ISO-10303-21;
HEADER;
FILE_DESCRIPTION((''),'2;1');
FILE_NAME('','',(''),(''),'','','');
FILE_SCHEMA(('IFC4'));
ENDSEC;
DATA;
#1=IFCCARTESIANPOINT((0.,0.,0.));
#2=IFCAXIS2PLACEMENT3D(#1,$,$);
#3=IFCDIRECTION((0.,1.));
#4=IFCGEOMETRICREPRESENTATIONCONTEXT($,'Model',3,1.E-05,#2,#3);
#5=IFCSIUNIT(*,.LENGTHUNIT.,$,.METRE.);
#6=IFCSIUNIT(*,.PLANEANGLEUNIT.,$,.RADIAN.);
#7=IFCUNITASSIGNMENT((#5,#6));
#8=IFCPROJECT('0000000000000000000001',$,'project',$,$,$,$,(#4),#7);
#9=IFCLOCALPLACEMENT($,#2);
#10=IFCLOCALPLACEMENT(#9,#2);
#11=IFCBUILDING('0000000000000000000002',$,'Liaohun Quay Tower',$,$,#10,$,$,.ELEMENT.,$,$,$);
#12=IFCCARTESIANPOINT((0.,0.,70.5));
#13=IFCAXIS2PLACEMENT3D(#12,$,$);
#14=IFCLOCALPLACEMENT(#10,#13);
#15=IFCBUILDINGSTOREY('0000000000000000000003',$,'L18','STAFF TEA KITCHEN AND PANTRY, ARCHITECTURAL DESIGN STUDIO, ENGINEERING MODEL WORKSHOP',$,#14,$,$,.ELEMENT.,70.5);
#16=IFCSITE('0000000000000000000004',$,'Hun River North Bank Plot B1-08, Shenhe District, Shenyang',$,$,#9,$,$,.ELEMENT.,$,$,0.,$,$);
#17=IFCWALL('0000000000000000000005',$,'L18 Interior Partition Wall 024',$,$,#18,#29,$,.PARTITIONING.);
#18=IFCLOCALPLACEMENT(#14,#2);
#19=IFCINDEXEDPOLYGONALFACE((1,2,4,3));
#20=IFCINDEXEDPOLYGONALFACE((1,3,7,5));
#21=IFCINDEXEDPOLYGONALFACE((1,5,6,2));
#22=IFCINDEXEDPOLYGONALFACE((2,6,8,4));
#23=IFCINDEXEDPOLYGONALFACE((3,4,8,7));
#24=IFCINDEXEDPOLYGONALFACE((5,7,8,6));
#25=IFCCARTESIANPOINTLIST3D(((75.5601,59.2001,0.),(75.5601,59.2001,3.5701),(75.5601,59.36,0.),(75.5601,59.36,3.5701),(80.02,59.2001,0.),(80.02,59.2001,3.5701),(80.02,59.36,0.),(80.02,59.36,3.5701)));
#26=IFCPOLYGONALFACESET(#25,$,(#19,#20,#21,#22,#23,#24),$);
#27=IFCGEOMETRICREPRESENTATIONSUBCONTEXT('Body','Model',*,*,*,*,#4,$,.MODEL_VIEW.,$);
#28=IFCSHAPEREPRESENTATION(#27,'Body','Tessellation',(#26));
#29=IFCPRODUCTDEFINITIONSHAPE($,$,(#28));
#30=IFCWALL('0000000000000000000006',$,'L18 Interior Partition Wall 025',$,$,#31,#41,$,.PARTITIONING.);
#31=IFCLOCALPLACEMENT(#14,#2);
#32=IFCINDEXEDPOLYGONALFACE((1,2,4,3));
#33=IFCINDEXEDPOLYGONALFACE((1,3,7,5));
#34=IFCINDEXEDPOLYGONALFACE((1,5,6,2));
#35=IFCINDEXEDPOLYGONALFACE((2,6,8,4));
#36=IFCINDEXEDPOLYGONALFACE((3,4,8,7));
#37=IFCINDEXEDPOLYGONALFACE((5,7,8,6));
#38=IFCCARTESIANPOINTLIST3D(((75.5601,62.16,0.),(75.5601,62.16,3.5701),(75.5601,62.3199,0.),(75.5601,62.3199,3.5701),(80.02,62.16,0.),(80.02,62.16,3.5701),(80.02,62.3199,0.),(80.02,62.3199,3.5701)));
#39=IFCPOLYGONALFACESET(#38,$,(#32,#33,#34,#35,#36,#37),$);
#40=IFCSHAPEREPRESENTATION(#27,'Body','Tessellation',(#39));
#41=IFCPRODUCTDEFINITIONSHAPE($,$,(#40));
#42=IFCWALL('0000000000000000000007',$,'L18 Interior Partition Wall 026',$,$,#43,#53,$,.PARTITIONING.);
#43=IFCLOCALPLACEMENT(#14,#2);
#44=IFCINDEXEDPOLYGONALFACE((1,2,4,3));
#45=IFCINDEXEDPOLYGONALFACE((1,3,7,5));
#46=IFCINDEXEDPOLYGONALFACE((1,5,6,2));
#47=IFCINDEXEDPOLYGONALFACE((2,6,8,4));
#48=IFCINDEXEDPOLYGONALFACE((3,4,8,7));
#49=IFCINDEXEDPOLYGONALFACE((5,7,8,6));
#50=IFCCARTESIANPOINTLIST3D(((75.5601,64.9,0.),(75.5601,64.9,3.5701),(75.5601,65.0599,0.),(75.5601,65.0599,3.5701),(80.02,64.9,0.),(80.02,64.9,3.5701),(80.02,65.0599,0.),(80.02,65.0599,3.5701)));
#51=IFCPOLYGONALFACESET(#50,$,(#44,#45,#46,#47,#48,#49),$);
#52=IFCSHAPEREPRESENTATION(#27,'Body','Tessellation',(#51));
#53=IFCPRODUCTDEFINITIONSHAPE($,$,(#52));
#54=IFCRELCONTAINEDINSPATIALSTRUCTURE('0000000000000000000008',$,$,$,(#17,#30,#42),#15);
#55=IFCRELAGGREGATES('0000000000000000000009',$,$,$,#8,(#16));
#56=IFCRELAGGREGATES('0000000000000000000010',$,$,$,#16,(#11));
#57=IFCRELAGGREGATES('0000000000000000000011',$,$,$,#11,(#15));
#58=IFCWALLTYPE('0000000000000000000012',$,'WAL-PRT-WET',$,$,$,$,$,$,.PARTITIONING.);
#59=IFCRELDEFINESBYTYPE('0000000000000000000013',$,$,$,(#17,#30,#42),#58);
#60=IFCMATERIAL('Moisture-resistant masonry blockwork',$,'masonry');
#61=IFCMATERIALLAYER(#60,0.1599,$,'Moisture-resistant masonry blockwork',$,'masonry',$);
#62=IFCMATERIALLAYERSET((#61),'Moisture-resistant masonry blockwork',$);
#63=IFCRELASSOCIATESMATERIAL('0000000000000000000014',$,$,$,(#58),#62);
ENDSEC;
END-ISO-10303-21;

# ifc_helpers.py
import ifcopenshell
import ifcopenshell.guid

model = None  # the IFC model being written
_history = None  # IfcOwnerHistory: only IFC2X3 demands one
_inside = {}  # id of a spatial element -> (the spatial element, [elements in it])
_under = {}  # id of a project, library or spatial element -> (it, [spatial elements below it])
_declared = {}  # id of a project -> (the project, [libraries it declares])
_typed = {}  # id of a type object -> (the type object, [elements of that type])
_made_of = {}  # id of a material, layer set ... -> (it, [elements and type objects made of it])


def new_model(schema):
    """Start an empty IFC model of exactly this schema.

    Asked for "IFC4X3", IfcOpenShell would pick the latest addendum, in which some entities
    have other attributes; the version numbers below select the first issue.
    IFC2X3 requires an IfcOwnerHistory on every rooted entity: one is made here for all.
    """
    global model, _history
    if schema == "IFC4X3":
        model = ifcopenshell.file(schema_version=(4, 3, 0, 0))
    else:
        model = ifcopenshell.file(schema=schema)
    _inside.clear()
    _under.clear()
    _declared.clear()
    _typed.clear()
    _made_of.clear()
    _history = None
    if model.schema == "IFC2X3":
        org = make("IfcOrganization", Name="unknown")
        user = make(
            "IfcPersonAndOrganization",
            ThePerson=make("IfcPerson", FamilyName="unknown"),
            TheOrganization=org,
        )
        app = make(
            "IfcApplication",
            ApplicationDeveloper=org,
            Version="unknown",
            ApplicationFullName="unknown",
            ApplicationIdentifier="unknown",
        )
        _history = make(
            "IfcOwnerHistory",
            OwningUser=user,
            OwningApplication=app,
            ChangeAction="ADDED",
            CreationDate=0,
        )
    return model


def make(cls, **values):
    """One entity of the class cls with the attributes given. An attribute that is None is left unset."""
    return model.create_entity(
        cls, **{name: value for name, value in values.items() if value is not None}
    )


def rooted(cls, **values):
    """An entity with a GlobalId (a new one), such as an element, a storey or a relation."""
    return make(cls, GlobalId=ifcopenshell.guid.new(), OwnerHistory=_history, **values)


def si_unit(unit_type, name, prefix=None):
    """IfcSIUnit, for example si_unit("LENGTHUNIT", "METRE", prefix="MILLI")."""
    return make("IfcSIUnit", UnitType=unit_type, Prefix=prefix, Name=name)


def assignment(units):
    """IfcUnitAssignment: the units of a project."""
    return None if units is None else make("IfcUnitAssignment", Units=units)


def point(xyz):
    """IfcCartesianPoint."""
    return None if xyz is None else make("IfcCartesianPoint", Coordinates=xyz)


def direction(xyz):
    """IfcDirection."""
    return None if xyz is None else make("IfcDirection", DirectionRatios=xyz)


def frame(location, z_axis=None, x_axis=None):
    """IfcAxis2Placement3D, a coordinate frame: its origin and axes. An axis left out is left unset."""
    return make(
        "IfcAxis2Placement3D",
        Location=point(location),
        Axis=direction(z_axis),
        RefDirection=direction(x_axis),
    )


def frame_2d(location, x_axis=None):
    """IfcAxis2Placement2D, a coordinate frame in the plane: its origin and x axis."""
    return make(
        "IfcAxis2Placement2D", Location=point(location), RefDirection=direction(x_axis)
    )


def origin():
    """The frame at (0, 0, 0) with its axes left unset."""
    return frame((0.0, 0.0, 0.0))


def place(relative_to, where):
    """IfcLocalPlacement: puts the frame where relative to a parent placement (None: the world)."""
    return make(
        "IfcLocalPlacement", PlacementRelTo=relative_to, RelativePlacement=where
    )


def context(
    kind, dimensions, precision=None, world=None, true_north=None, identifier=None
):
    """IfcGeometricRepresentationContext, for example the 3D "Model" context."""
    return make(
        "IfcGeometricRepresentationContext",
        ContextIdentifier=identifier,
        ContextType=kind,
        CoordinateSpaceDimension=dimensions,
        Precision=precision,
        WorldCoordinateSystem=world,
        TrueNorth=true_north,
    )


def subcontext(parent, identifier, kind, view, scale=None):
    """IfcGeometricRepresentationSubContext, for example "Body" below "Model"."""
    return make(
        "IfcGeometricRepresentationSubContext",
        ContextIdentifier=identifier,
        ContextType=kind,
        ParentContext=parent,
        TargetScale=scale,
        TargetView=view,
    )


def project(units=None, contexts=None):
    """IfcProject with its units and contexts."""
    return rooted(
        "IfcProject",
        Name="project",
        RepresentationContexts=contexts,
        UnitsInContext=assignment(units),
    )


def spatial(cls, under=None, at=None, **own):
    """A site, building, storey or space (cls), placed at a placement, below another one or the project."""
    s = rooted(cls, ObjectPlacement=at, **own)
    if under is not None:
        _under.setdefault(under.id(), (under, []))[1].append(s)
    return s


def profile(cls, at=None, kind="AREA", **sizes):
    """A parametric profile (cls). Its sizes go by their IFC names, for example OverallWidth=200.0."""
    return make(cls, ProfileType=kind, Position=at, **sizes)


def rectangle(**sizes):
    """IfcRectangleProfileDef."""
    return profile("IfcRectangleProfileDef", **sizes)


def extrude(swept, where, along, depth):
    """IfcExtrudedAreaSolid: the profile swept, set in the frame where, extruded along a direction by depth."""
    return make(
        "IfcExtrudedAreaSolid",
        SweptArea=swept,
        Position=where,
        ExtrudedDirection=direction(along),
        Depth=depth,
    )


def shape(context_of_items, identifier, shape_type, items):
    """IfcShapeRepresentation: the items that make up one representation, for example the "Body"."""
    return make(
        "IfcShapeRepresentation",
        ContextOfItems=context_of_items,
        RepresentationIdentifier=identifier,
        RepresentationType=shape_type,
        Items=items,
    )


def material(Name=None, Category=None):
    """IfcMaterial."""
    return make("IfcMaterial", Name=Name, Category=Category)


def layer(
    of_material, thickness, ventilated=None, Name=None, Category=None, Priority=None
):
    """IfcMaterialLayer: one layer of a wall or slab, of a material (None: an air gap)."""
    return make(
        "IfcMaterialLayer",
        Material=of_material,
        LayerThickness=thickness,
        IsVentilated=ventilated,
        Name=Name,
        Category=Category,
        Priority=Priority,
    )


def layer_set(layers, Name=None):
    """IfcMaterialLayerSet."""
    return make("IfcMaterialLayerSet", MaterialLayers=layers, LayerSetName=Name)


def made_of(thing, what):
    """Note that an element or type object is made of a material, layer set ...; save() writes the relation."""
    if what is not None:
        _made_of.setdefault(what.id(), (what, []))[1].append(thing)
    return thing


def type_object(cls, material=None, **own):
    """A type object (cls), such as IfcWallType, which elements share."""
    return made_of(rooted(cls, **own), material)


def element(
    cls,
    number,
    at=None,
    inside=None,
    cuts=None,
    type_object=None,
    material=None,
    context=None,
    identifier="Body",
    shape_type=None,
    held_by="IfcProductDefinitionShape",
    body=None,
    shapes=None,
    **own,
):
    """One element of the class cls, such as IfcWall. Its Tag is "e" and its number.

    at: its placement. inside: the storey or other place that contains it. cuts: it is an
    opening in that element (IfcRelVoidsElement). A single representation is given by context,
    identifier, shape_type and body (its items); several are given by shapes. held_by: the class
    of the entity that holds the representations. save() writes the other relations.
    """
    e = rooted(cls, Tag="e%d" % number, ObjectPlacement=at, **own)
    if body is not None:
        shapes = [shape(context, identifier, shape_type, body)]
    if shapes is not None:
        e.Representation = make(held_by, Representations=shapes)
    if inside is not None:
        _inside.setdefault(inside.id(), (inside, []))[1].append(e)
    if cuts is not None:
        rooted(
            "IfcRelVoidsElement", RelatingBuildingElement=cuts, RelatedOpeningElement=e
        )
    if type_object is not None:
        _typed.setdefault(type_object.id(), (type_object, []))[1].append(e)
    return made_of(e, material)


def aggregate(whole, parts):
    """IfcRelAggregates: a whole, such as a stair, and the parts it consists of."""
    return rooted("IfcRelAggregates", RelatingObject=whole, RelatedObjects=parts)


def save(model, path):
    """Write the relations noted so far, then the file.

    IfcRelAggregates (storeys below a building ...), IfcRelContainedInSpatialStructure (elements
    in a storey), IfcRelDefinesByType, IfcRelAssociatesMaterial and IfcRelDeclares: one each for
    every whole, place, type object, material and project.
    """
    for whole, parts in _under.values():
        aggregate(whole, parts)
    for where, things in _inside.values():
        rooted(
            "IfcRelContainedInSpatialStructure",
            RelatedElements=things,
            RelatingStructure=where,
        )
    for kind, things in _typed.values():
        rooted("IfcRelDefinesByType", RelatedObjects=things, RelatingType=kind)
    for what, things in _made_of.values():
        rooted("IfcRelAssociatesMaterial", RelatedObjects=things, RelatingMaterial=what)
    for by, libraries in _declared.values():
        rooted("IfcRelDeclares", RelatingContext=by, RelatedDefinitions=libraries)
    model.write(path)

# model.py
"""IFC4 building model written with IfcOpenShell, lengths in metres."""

from ifc_helpers import new_model, si_unit, direction, frame, frame_2d, origin, place, context, subcontext, project, spatial, rectangle, extrude, material, layer, layer_set, type_object, element, save


model = new_model("IFC4")

# Units and contexts
model_context = context("Model", 3, precision=1e-05, world=origin(), true_north=direction((0.0, 1.0)))
body_context = subcontext(model_context, "Body", "Model", "MODEL_VIEW")
ifc_project = project(units=[si_unit("LENGTHUNIT", "METRE"), si_unit("PLANEANGLEUNIT", "RADIAN")], contexts=[model_context])

# Site, building, storey
site_placement = place(None, origin())
site = spatial("IfcSite", under=ifc_project, at=site_placement, Name="Hun River North Bank Plot B1-08, Shenhe District, Shenyang", CompositionType="ELEMENT", RefElevation=0.0)
building_placement = place(site_placement, origin())
building = spatial("IfcBuilding", under=site, at=building_placement, Name="Liaohun Quay Tower", CompositionType="ELEMENT")
storey_placement = place(building_placement, frame((0.0, 0.0, 70.5)))
storey = spatial("IfcBuildingStorey", under=building, at=storey_placement, Name="L18", Description="STAFF TEA KITCHEN AND PANTRY, ARCHITECTURAL DESIGN STUDIO, ENGINEERING MODEL WORKSHOP", CompositionType="ELEMENT", Elevation=70.5)

# Shared definitions
ifc_material_1 = material(Name="Moisture-resistant masonry blockwork", Category="masonry")
ifc_layer_1 = layer(ifc_material_1, 0.1599, Name="Moisture-resistant masonry blockwork", Category="masonry")
ifc_layer_set_1 = layer_set([ifc_layer_1], Name="Moisture-resistant masonry blockwork")
wall_type_1 = type_object("IfcWallType", Name="WAL-PRT-WET", PredefinedType="PARTITIONING", material=ifc_layer_set_1)

# Walls
for number, where, z_axis, x_axis, name in (
    (1, (75.5601, 59.28, 0.0), (0.0, 0.0, 1.0), (1.0, 0.0, 0.0), "L18 Interior Partition Wall 024"),
    (2, (75.5601, 62.24, 0.0), (0.0, 0.0, 1.0), (1.0, 0.0, 0.0), "L18 Interior Partition Wall 025"),
    (3, (75.5601, 64.98, 0.0), (0.0, 0.0, 1.0), (1.0, 0.0, 0.0), "L18 Interior Partition Wall 026"),
):
    element("IfcWall", number, at=place(storey_placement, frame(where, z_axis=z_axis, x_axis=x_axis)), inside=storey, type_object=wall_type_1, Name=name, PredefinedType="PARTITIONING", context=body_context, shape_type="SweptSolid", body=[
        extrude(rectangle(XDim=4.46, YDim=0.1599, at=frame_2d((2.23, 0.0))), origin(), (0.0, 0.0, 1.0), 3.5701),
    ])

save(model, "model.ifc")
